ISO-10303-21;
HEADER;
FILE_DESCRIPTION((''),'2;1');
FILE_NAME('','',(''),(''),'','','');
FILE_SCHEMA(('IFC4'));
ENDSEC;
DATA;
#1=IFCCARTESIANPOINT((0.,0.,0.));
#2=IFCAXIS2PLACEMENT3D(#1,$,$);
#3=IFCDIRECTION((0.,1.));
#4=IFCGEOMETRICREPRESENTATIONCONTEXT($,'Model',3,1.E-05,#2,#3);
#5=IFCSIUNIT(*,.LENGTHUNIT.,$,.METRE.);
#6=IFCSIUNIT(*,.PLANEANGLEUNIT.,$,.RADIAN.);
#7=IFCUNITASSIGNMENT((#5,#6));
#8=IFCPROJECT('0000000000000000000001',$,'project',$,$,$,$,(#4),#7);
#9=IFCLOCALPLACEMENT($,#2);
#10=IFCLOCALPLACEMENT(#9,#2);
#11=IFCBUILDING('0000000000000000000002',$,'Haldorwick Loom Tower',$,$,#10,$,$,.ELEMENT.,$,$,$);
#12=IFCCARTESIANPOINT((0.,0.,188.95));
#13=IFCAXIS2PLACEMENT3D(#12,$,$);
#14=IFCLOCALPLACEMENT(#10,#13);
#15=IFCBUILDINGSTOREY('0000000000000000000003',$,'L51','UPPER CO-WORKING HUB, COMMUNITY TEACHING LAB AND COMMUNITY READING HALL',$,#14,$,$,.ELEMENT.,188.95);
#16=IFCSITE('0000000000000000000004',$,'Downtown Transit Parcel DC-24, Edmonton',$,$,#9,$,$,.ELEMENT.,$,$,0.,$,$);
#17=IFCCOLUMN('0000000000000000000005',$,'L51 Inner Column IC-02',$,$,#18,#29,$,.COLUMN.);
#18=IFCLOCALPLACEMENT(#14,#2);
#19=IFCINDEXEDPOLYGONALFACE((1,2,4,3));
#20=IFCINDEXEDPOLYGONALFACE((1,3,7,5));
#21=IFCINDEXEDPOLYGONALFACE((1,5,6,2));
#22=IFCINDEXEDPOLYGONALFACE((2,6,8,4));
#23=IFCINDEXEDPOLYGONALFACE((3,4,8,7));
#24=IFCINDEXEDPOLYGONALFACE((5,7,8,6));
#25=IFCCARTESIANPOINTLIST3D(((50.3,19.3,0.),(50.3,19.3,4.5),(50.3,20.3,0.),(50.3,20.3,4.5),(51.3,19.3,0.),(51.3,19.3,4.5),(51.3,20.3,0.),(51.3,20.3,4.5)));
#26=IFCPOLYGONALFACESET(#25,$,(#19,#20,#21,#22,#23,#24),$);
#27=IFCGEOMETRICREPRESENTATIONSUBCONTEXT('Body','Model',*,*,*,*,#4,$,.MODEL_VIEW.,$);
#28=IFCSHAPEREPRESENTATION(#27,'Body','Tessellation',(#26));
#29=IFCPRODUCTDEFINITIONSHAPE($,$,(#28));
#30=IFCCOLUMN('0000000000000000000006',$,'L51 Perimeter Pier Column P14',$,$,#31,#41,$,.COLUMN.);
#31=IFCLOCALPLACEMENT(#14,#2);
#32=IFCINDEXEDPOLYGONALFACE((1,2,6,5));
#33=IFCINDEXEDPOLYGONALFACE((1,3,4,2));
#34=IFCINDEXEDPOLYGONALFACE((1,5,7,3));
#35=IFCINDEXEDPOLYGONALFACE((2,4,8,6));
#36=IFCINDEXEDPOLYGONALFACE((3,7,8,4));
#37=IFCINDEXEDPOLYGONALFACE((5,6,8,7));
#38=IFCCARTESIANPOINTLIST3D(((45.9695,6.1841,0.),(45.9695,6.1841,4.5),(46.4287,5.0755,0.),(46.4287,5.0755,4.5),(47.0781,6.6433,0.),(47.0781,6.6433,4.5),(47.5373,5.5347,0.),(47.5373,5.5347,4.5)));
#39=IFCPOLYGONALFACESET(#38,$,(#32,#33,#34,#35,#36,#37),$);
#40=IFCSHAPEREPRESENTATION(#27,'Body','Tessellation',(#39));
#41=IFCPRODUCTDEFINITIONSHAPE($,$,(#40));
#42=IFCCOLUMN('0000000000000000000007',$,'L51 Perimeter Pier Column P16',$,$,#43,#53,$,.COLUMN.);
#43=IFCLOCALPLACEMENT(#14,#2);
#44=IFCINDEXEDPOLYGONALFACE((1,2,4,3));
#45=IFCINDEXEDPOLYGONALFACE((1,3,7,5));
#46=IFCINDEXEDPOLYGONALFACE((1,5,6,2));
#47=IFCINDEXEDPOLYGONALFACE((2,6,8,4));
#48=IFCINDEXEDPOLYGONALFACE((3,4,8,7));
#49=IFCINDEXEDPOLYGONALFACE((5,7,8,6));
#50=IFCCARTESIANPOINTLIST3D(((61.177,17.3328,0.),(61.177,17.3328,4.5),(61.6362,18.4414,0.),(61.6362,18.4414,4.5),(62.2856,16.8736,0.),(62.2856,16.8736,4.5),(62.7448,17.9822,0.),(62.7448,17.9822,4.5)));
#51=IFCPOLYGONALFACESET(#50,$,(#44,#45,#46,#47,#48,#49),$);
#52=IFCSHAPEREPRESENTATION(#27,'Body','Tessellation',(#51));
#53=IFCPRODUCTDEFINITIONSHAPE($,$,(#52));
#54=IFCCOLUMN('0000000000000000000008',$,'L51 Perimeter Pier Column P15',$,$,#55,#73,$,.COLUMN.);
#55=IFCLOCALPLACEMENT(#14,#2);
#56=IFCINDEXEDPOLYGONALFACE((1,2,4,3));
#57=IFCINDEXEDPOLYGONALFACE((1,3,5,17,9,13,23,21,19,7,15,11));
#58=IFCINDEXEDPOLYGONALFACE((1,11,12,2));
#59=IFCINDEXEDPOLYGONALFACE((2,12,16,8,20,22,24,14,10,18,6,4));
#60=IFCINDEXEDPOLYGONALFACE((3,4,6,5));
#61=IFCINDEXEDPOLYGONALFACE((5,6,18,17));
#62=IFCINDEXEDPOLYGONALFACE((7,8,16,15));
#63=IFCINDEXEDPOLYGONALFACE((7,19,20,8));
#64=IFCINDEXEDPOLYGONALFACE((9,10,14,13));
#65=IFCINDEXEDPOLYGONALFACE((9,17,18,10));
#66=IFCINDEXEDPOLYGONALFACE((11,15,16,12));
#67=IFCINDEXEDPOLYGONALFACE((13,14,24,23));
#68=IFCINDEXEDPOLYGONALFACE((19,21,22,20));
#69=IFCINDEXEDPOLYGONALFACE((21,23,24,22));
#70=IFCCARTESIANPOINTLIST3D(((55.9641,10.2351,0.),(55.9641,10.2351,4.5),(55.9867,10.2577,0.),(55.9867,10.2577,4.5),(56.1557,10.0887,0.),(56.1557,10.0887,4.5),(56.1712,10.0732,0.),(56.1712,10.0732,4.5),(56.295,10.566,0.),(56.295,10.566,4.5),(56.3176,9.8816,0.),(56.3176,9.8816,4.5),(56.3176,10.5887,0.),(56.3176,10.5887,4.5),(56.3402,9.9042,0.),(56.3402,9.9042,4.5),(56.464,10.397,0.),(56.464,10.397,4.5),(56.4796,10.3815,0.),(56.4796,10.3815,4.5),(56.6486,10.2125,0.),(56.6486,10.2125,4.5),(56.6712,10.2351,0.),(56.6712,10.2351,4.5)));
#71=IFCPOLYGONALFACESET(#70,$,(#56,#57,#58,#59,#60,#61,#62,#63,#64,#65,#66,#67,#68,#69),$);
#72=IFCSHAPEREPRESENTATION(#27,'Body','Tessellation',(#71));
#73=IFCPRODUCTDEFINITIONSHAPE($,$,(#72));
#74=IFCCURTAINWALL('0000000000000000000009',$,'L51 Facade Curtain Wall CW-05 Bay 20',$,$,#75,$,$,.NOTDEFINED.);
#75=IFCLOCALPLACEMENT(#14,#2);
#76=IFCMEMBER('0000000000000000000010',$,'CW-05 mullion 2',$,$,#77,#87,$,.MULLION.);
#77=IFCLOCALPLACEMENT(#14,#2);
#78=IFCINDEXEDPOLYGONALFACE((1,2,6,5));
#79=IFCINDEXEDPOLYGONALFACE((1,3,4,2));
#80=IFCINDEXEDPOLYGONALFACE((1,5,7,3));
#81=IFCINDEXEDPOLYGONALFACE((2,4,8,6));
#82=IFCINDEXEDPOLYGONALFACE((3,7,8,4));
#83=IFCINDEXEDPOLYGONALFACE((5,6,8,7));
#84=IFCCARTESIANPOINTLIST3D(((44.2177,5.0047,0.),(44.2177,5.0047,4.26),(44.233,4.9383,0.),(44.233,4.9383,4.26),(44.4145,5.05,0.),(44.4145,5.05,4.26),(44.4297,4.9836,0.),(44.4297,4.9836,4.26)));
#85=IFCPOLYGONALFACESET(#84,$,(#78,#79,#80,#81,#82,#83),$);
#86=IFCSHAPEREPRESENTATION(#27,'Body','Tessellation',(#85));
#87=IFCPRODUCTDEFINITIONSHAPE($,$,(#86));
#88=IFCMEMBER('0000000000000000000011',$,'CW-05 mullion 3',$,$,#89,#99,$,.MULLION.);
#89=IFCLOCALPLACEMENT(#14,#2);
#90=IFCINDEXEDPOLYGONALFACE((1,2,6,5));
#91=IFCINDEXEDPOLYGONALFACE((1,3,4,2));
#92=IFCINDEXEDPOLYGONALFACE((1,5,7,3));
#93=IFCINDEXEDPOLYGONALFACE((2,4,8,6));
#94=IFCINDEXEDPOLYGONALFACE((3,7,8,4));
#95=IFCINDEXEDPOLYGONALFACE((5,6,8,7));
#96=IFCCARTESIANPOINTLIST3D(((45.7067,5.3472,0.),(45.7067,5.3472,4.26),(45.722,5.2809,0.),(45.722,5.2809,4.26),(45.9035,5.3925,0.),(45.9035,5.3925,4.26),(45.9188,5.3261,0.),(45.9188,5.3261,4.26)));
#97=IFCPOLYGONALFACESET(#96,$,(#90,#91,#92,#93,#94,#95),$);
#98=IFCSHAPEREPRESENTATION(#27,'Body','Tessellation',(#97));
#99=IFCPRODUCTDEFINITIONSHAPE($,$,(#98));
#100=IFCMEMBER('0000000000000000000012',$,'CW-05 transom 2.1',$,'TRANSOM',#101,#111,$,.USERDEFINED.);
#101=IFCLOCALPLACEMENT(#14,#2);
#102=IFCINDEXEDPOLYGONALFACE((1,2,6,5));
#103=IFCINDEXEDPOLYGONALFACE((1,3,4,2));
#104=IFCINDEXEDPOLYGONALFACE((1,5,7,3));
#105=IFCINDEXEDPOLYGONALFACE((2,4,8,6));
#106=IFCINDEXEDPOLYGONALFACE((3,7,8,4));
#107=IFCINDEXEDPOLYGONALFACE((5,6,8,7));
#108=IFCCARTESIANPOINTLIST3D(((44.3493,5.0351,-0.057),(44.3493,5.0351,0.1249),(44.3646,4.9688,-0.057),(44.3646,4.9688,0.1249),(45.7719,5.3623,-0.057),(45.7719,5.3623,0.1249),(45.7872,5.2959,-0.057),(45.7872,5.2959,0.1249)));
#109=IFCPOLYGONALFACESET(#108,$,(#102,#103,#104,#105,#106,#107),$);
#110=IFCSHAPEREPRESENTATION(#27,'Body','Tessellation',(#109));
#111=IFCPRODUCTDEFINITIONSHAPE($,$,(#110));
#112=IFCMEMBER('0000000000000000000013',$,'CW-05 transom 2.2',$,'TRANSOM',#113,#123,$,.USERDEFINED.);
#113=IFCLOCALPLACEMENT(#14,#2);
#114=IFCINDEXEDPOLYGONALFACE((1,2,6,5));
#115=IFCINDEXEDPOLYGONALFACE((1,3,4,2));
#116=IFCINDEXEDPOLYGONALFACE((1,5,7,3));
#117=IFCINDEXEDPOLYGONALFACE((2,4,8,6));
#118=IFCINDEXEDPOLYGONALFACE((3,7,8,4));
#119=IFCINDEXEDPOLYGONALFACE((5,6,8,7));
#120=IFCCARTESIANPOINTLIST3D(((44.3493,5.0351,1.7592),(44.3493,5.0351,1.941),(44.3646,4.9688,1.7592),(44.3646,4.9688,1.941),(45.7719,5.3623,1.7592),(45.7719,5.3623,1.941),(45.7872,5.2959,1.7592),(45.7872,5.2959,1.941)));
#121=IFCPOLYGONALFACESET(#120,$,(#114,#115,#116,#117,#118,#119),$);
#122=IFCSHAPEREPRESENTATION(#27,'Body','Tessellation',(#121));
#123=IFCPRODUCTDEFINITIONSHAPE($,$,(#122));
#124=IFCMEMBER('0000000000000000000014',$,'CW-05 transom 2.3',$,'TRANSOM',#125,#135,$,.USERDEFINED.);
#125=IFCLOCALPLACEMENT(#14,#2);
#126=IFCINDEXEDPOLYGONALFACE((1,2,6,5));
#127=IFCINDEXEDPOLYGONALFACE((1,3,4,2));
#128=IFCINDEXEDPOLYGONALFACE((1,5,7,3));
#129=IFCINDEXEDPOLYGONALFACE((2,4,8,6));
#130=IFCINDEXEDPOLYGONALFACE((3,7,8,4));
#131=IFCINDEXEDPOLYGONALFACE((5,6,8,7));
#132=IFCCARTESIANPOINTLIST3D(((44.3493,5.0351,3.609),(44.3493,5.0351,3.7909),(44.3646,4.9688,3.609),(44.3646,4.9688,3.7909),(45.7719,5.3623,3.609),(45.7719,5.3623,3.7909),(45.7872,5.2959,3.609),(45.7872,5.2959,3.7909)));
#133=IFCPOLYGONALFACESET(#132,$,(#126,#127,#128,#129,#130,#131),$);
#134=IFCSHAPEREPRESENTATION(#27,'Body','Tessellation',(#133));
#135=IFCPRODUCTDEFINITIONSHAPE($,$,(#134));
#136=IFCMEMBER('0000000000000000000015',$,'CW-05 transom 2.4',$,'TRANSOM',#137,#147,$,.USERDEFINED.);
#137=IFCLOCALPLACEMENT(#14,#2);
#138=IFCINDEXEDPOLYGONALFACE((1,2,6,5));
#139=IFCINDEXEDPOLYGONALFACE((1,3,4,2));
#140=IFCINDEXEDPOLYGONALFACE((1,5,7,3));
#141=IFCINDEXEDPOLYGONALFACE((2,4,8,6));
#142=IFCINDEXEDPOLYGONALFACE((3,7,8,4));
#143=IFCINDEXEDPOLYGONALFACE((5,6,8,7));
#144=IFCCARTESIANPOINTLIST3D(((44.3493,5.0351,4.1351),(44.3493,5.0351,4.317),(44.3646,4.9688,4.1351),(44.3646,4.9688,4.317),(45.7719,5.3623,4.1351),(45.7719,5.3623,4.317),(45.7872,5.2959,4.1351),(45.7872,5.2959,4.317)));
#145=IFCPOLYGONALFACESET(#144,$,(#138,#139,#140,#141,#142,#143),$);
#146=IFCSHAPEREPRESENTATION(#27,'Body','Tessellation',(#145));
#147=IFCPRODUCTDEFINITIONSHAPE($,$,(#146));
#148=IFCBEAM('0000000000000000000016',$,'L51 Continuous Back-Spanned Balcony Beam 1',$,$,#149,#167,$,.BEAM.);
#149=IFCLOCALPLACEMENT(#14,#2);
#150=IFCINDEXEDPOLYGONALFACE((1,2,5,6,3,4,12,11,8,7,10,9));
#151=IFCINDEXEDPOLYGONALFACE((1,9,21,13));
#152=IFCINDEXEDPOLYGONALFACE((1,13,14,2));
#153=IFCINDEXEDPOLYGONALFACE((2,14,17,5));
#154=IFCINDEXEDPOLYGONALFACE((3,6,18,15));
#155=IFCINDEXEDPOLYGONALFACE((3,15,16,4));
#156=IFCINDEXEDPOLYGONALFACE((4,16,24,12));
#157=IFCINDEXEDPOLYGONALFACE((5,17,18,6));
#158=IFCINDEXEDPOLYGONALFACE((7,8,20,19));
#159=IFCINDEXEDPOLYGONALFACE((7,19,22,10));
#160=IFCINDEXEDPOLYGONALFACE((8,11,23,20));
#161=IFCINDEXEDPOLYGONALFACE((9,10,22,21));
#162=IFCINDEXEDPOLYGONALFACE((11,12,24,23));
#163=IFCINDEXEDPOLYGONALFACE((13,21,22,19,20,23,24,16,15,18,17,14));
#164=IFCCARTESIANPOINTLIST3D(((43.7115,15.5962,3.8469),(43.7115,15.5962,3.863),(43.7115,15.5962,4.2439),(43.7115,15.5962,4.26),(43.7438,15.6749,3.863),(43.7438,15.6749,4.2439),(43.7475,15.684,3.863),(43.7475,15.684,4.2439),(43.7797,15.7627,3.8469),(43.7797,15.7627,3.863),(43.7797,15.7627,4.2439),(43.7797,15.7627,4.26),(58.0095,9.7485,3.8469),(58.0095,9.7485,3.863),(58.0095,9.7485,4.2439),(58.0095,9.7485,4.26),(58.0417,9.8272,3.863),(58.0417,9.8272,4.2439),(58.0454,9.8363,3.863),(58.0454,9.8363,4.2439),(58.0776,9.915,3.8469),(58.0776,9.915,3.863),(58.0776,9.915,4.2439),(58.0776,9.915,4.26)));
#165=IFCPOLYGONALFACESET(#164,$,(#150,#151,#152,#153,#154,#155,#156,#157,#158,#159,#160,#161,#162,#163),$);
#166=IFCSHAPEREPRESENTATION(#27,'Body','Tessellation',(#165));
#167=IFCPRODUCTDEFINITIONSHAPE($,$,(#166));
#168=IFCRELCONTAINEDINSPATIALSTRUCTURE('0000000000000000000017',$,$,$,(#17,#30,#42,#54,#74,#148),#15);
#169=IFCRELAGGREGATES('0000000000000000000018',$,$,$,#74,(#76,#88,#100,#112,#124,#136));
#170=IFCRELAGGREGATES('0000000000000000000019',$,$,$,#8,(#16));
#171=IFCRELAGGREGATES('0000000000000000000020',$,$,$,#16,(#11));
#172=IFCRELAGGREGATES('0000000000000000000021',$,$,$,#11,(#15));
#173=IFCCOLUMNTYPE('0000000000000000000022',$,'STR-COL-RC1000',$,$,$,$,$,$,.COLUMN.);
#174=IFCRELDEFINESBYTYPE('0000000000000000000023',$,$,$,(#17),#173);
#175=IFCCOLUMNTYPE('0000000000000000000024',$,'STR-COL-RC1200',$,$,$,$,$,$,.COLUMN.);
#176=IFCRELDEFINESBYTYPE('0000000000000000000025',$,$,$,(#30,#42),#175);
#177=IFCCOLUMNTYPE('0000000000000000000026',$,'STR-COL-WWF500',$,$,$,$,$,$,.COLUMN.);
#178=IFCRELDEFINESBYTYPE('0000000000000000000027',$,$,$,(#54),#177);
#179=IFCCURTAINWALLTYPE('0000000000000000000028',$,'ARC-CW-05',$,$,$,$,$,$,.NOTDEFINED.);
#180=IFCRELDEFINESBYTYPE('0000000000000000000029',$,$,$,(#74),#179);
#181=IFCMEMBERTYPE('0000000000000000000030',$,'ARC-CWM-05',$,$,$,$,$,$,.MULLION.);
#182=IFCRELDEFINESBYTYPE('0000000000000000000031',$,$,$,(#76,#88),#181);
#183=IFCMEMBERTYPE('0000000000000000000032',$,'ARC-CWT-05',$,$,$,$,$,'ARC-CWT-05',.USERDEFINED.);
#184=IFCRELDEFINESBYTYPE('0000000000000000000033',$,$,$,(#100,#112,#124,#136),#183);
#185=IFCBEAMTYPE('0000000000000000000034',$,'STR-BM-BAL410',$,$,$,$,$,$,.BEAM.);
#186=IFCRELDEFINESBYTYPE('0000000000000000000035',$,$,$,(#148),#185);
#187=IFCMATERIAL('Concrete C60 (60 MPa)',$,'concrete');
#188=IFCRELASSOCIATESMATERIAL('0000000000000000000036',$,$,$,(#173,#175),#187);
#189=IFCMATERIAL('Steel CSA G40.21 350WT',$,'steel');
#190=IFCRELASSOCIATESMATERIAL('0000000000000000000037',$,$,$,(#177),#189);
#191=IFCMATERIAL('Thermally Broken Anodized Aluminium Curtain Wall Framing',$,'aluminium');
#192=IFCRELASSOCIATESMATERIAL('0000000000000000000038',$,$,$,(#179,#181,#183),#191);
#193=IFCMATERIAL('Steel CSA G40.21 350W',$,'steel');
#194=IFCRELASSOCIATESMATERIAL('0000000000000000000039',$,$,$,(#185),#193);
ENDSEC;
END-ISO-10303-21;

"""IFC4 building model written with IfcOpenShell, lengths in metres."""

from ifc_helpers import new_model, si_unit, direction, frame, origin, origin_2d, place, context, subcontext, project, spatial, rectangle, i_section, extrude, material, material_profile, profile_set, type_object, element, aggregate, save


model = new_model("IFC4")

# Units and contexts
model_context = context("Model", 3, precision=1e-05, world=origin(), true_north=direction((0.0, 1.0)))
body_context = subcontext(model_context, "Body", "Model", "MODEL_VIEW")
ifc_project = project(units=[si_unit("LENGTHUNIT", "METRE"), si_unit("PLANEANGLEUNIT", "RADIAN")], contexts=[model_context])

# Site, building, storey
site_placement = place(None, origin())
site = spatial("IfcSite", under=ifc_project, at=site_placement, Name="Downtown Transit Parcel DC-24, Edmonton", CompositionType="ELEMENT", RefElevation=0.0)
building_placement = place(site_placement, origin())
building = spatial("IfcBuilding", under=site, at=building_placement, Name="Haldorwick Loom Tower", CompositionType="ELEMENT")
storey_placement = place(building_placement, frame((0.0, 0.0, 188.95)))
storey = spatial("IfcBuildingStorey", under=building, at=storey_placement, Name="L51", Description="UPPER CO-WORKING HUB, COMMUNITY TEACHING LAB AND COMMUNITY READING HALL", CompositionType="ELEMENT", Elevation=188.95)

# Columns
ifc_material_1 = material(Name="Concrete C60 (60 MPa)", Category="concrete")
ifc_material_profile_1 = material_profile(ifc_material_1, rectangle(XDim=1.0, YDim=1.0, at=origin_2d()), Name="RC1000X1000", Category="concrete")
ifc_profile_set_1 = profile_set([ifc_material_profile_1], Name="Concrete C60 (60 MPa)")
column_type_1 = type_object("IfcColumnType", Name="STR-COL-RC1000", PredefinedType="COLUMN", material=ifc_profile_set_1)
column_1_placement = place(storey_placement, frame((50.8, 19.8, 0.0), z_axis=(0.0, 0.0, 1.0), x_axis=(1.0, 0.0, 0.0)))
element("IfcColumn", 1, at=column_1_placement, inside=storey, type_object=column_type_1, Name="L51 Inner Column IC-02", PredefinedType="COLUMN", context=body_context, shape_type="SweptSolid", body=[
    extrude(rectangle(XDim=1.0, YDim=1.0, at=origin_2d()), origin(), (0.0, 0.0, 1.0), 4.5),
])
ifc_material_profile_2 = material_profile(ifc_material_1, rectangle(XDim=1.2, YDim=1.2, at=origin_2d()), Name="RC1200X1200", Category="concrete")
ifc_profile_set_2 = profile_set([ifc_material_profile_2], Name="Concrete C60 (60 MPa)")
column_type_2 = type_object("IfcColumnType", Name="STR-COL-RC1200", PredefinedType="COLUMN", material=ifc_profile_set_2)
for number, where, z_axis, x_axis, name in (
    (2, (46.7534, 5.8594, 0.0), (0.0, 0.0, 1.0), (0.382683, -0.92388, 0.0), "L51 Perimeter Pier Column P14"),
    (3, (61.9609, 17.6575, 0.0), (0.0, 0.0, 1.0), (0.92388, -0.382683, 0.0), "L51 Perimeter Pier Column P16"),
):
    element("IfcColumn", number, at=place(storey_placement, frame(where, z_axis=z_axis, x_axis=x_axis)), inside=storey, type_object=column_type_2, Name=name, PredefinedType="COLUMN", context=body_context, shape_type="SweptSolid", body=[
        extrude(rectangle(XDim=1.2, YDim=1.2, at=origin_2d()), origin(), (0.0, 0.0, 1.0), 4.5),
    ])
ifc_material_2 = material(Name="Steel CSA G40.21 350WT", Category="steel")
ifc_material_profile_3 = material_profile(ifc_material_2, i_section(OverallWidth=0.5, OverallDepth=0.5, WebThickness=0.022, FlangeThickness=0.032, at=origin_2d()), Name="WWF500X500", Category="steel")
ifc_profile_set_3 = profile_set([ifc_material_profile_3], Name="Steel CSA G40.21 350WT")
column_type_3 = type_object("IfcColumnType", Name="STR-COL-WWF500", PredefinedType="COLUMN", material=ifc_profile_set_3)
column_2_placement = place(storey_placement, frame((56.3176, 10.2351, 0.0), z_axis=(0.0, 0.0, 1.0), x_axis=(0.707107, -0.707107, 0.0)))
element("IfcColumn", 4, at=column_2_placement, inside=storey, type_object=column_type_3, Name="L51 Perimeter Pier Column P15", PredefinedType="COLUMN", context=body_context, shape_type="SweptSolid", body=[
    extrude(i_section(OverallWidth=0.5, OverallDepth=0.5, WebThickness=0.022, FlangeThickness=0.032, at=origin_2d()), origin(), (0.0, 0.0, 1.0), 4.5),
])

# Curtain wall, members
ifc_material_3 = material(Name="Thermally Broken Anodized Aluminium Curtain Wall Framing", Category="aluminium")
curtain_wall_type = type_object("IfcCurtainWallType", Name="ARC-CW-05", PredefinedType="NOTDEFINED", material=ifc_material_3)
curtain_wall_placement = place(storey_placement, origin())
curtain_wall = element("IfcCurtainWall", 5, at=curtain_wall_placement, inside=storey, type_object=curtain_wall_type, Name="L51 Facade Curtain Wall CW-05 Bay 20", PredefinedType="NOTDEFINED")
ifc_material_profile_4 = material_profile(ifc_material_3, rectangle(XDim=0.0681, YDim=0.2019, at=origin_2d()), Name="ALU_MUL_68X202", Category="aluminium")
ifc_profile_set_4 = profile_set([ifc_material_profile_4], Name="Thermally Broken Anodized Aluminium Curtain Wall Framing")
member_type_1 = type_object("IfcMemberType", Name="ARC-CWM-05", PredefinedType="MULLION", material=ifc_profile_set_4)
member_1_placement = place(storey_placement, frame((44.3237, 4.9941, 0.0), z_axis=(0.0, 0.0, 1.0), x_axis=(-0.224142, 0.974557, 0.0)))
member_1 = element("IfcMember", 6, at=member_1_placement, type_object=member_type_1, Name="CW-05 mullion 2", PredefinedType="MULLION", context=body_context, shape_type="SweptSolid", body=[
    extrude(rectangle(XDim=0.0681, YDim=0.2019, at=origin_2d()), origin(), (0.0, 0.0, 1.0), 4.26),
])
member_2_placement = place(storey_placement, frame((45.8127, 5.3367, 0.0), z_axis=(0.0, 0.0, 1.0), x_axis=(-0.224142, 0.974557, 0.0)))
member_2 = element("IfcMember", 7, at=member_2_placement, type_object=member_type_1, Name="CW-05 mullion 3", PredefinedType="MULLION", context=body_context, shape_type="SweptSolid", body=[
    extrude(rectangle(XDim=0.0681, YDim=0.2019, at=origin_2d()), origin(), (0.0, 0.0, 1.0), 4.26),
])
ifc_material_profile_5 = material_profile(ifc_material_3, rectangle(XDim=0.0681, YDim=0.1819, at=origin_2d()), Name="ALU_TRN_68X182", Category="aluminium")
ifc_profile_set_5 = profile_set([ifc_material_profile_5], Name="Thermally Broken Anodized Aluminium Curtain Wall Framing")
member_type_2 = type_object("IfcMemberType", Name="ARC-CWT-05", ElementType="ARC-CWT-05", PredefinedType="USERDEFINED", material=ifc_profile_set_5)
member_3_placement = place(storey_placement, frame((44.3569, 5.002, 0.0339), z_axis=(0.974563, 0.224114, 0.0), x_axis=(-0.224114, 0.974563, 0.0)))
member_3 = element("IfcMember", 8, at=member_3_placement, type_object=member_type_2, Name="CW-05 transom 2.1", ObjectType="TRANSOM", PredefinedType="USERDEFINED", context=body_context, shape_type="SweptSolid", body=[
    extrude(rectangle(XDim=0.0681, YDim=0.1819, at=origin_2d()), origin(), (0.0, 0.0, 1.0), 1.4597),
])
member_4_placement = place(storey_placement, frame((44.3569, 5.002, 1.8501), z_axis=(0.974563, 0.224114, 0.0), x_axis=(-0.224114, 0.974563, 0.0)))
member_4 = element("IfcMember", 9, at=member_4_placement, type_object=member_type_2, Name="CW-05 transom 2.2", ObjectType="TRANSOM", PredefinedType="USERDEFINED", context=body_context, shape_type="SweptSolid", body=[
    extrude(rectangle(XDim=0.0681, YDim=0.1819, at=origin_2d()), origin(), (0.0, 0.0, 1.0), 1.4597),
])
member_5_placement = place(storey_placement, frame((44.3569, 5.002, 3.7), z_axis=(0.974563, 0.224114, 0.0), x_axis=(-0.224114, 0.974563, 0.0)))
member_5 = element("IfcMember", 10, at=member_5_placement, type_object=member_type_2, Name="CW-05 transom 2.3", ObjectType="TRANSOM", PredefinedType="USERDEFINED", context=body_context, shape_type="SweptSolid", body=[
    extrude(rectangle(XDim=0.0681, YDim=0.1819, at=origin_2d()), origin(), (0.0, 0.0, 1.0), 1.4597),
])
member_6_placement = place(storey_placement, frame((44.3569, 5.002, 4.2261), z_axis=(0.974563, 0.224114, 0.0), x_axis=(-0.224114, 0.974563, 0.0)))
member_6 = element("IfcMember", 11, at=member_6_placement, type_object=member_type_2, Name="CW-05 transom 2.4", ObjectType="TRANSOM", PredefinedType="USERDEFINED", context=body_context, shape_type="SweptSolid", body=[
    extrude(rectangle(XDim=0.0681, YDim=0.1819, at=origin_2d()), origin(), (0.0, 0.0, 1.0), 1.4597),
])

# Beam
ifc_material_4 = material(Name="Steel CSA G40.21 350W", Category="steel")
ifc_material_profile_6 = material_profile(ifc_material_4, i_section(OverallWidth=0.1799, OverallDepth=0.4131, WebThickness=0.0098, FlangeThickness=0.0161, at=origin_2d()), Name="W410X74", Category="steel")
ifc_profile_set_6 = profile_set([ifc_material_profile_6], Name="Steel CSA G40.21 350W")
beam_type_1 = type_object("IfcBeamType", Name="STR-BM-BAL410", PredefinedType="BEAM", material=ifc_profile_set_6)
beam_1_placement = place(storey_placement, frame((43.7456, 15.6794, 4.0535), z_axis=(0.92558, -0.378552, 0.0), x_axis=(0.378552, 0.92558, 0.0)))
element("IfcBeam", 12, at=beam_1_placement, inside=storey, type_object=beam_type_1, Name="L51 Continuous Back-Spanned Balcony Beam 1", PredefinedType="BEAM", context=body_context, shape_type="SweptSolid", body=[
    extrude(i_section(OverallWidth=0.1799, OverallDepth=0.4131, WebThickness=0.0098, FlangeThickness=0.0161, at=origin_2d()), origin(), (0.0, 0.0, 1.0), 15.4475),
])

aggregate(curtain_wall, [member_1, member_2, member_3, member_4, member_5, member_6])

save(model, "model.ifc")
